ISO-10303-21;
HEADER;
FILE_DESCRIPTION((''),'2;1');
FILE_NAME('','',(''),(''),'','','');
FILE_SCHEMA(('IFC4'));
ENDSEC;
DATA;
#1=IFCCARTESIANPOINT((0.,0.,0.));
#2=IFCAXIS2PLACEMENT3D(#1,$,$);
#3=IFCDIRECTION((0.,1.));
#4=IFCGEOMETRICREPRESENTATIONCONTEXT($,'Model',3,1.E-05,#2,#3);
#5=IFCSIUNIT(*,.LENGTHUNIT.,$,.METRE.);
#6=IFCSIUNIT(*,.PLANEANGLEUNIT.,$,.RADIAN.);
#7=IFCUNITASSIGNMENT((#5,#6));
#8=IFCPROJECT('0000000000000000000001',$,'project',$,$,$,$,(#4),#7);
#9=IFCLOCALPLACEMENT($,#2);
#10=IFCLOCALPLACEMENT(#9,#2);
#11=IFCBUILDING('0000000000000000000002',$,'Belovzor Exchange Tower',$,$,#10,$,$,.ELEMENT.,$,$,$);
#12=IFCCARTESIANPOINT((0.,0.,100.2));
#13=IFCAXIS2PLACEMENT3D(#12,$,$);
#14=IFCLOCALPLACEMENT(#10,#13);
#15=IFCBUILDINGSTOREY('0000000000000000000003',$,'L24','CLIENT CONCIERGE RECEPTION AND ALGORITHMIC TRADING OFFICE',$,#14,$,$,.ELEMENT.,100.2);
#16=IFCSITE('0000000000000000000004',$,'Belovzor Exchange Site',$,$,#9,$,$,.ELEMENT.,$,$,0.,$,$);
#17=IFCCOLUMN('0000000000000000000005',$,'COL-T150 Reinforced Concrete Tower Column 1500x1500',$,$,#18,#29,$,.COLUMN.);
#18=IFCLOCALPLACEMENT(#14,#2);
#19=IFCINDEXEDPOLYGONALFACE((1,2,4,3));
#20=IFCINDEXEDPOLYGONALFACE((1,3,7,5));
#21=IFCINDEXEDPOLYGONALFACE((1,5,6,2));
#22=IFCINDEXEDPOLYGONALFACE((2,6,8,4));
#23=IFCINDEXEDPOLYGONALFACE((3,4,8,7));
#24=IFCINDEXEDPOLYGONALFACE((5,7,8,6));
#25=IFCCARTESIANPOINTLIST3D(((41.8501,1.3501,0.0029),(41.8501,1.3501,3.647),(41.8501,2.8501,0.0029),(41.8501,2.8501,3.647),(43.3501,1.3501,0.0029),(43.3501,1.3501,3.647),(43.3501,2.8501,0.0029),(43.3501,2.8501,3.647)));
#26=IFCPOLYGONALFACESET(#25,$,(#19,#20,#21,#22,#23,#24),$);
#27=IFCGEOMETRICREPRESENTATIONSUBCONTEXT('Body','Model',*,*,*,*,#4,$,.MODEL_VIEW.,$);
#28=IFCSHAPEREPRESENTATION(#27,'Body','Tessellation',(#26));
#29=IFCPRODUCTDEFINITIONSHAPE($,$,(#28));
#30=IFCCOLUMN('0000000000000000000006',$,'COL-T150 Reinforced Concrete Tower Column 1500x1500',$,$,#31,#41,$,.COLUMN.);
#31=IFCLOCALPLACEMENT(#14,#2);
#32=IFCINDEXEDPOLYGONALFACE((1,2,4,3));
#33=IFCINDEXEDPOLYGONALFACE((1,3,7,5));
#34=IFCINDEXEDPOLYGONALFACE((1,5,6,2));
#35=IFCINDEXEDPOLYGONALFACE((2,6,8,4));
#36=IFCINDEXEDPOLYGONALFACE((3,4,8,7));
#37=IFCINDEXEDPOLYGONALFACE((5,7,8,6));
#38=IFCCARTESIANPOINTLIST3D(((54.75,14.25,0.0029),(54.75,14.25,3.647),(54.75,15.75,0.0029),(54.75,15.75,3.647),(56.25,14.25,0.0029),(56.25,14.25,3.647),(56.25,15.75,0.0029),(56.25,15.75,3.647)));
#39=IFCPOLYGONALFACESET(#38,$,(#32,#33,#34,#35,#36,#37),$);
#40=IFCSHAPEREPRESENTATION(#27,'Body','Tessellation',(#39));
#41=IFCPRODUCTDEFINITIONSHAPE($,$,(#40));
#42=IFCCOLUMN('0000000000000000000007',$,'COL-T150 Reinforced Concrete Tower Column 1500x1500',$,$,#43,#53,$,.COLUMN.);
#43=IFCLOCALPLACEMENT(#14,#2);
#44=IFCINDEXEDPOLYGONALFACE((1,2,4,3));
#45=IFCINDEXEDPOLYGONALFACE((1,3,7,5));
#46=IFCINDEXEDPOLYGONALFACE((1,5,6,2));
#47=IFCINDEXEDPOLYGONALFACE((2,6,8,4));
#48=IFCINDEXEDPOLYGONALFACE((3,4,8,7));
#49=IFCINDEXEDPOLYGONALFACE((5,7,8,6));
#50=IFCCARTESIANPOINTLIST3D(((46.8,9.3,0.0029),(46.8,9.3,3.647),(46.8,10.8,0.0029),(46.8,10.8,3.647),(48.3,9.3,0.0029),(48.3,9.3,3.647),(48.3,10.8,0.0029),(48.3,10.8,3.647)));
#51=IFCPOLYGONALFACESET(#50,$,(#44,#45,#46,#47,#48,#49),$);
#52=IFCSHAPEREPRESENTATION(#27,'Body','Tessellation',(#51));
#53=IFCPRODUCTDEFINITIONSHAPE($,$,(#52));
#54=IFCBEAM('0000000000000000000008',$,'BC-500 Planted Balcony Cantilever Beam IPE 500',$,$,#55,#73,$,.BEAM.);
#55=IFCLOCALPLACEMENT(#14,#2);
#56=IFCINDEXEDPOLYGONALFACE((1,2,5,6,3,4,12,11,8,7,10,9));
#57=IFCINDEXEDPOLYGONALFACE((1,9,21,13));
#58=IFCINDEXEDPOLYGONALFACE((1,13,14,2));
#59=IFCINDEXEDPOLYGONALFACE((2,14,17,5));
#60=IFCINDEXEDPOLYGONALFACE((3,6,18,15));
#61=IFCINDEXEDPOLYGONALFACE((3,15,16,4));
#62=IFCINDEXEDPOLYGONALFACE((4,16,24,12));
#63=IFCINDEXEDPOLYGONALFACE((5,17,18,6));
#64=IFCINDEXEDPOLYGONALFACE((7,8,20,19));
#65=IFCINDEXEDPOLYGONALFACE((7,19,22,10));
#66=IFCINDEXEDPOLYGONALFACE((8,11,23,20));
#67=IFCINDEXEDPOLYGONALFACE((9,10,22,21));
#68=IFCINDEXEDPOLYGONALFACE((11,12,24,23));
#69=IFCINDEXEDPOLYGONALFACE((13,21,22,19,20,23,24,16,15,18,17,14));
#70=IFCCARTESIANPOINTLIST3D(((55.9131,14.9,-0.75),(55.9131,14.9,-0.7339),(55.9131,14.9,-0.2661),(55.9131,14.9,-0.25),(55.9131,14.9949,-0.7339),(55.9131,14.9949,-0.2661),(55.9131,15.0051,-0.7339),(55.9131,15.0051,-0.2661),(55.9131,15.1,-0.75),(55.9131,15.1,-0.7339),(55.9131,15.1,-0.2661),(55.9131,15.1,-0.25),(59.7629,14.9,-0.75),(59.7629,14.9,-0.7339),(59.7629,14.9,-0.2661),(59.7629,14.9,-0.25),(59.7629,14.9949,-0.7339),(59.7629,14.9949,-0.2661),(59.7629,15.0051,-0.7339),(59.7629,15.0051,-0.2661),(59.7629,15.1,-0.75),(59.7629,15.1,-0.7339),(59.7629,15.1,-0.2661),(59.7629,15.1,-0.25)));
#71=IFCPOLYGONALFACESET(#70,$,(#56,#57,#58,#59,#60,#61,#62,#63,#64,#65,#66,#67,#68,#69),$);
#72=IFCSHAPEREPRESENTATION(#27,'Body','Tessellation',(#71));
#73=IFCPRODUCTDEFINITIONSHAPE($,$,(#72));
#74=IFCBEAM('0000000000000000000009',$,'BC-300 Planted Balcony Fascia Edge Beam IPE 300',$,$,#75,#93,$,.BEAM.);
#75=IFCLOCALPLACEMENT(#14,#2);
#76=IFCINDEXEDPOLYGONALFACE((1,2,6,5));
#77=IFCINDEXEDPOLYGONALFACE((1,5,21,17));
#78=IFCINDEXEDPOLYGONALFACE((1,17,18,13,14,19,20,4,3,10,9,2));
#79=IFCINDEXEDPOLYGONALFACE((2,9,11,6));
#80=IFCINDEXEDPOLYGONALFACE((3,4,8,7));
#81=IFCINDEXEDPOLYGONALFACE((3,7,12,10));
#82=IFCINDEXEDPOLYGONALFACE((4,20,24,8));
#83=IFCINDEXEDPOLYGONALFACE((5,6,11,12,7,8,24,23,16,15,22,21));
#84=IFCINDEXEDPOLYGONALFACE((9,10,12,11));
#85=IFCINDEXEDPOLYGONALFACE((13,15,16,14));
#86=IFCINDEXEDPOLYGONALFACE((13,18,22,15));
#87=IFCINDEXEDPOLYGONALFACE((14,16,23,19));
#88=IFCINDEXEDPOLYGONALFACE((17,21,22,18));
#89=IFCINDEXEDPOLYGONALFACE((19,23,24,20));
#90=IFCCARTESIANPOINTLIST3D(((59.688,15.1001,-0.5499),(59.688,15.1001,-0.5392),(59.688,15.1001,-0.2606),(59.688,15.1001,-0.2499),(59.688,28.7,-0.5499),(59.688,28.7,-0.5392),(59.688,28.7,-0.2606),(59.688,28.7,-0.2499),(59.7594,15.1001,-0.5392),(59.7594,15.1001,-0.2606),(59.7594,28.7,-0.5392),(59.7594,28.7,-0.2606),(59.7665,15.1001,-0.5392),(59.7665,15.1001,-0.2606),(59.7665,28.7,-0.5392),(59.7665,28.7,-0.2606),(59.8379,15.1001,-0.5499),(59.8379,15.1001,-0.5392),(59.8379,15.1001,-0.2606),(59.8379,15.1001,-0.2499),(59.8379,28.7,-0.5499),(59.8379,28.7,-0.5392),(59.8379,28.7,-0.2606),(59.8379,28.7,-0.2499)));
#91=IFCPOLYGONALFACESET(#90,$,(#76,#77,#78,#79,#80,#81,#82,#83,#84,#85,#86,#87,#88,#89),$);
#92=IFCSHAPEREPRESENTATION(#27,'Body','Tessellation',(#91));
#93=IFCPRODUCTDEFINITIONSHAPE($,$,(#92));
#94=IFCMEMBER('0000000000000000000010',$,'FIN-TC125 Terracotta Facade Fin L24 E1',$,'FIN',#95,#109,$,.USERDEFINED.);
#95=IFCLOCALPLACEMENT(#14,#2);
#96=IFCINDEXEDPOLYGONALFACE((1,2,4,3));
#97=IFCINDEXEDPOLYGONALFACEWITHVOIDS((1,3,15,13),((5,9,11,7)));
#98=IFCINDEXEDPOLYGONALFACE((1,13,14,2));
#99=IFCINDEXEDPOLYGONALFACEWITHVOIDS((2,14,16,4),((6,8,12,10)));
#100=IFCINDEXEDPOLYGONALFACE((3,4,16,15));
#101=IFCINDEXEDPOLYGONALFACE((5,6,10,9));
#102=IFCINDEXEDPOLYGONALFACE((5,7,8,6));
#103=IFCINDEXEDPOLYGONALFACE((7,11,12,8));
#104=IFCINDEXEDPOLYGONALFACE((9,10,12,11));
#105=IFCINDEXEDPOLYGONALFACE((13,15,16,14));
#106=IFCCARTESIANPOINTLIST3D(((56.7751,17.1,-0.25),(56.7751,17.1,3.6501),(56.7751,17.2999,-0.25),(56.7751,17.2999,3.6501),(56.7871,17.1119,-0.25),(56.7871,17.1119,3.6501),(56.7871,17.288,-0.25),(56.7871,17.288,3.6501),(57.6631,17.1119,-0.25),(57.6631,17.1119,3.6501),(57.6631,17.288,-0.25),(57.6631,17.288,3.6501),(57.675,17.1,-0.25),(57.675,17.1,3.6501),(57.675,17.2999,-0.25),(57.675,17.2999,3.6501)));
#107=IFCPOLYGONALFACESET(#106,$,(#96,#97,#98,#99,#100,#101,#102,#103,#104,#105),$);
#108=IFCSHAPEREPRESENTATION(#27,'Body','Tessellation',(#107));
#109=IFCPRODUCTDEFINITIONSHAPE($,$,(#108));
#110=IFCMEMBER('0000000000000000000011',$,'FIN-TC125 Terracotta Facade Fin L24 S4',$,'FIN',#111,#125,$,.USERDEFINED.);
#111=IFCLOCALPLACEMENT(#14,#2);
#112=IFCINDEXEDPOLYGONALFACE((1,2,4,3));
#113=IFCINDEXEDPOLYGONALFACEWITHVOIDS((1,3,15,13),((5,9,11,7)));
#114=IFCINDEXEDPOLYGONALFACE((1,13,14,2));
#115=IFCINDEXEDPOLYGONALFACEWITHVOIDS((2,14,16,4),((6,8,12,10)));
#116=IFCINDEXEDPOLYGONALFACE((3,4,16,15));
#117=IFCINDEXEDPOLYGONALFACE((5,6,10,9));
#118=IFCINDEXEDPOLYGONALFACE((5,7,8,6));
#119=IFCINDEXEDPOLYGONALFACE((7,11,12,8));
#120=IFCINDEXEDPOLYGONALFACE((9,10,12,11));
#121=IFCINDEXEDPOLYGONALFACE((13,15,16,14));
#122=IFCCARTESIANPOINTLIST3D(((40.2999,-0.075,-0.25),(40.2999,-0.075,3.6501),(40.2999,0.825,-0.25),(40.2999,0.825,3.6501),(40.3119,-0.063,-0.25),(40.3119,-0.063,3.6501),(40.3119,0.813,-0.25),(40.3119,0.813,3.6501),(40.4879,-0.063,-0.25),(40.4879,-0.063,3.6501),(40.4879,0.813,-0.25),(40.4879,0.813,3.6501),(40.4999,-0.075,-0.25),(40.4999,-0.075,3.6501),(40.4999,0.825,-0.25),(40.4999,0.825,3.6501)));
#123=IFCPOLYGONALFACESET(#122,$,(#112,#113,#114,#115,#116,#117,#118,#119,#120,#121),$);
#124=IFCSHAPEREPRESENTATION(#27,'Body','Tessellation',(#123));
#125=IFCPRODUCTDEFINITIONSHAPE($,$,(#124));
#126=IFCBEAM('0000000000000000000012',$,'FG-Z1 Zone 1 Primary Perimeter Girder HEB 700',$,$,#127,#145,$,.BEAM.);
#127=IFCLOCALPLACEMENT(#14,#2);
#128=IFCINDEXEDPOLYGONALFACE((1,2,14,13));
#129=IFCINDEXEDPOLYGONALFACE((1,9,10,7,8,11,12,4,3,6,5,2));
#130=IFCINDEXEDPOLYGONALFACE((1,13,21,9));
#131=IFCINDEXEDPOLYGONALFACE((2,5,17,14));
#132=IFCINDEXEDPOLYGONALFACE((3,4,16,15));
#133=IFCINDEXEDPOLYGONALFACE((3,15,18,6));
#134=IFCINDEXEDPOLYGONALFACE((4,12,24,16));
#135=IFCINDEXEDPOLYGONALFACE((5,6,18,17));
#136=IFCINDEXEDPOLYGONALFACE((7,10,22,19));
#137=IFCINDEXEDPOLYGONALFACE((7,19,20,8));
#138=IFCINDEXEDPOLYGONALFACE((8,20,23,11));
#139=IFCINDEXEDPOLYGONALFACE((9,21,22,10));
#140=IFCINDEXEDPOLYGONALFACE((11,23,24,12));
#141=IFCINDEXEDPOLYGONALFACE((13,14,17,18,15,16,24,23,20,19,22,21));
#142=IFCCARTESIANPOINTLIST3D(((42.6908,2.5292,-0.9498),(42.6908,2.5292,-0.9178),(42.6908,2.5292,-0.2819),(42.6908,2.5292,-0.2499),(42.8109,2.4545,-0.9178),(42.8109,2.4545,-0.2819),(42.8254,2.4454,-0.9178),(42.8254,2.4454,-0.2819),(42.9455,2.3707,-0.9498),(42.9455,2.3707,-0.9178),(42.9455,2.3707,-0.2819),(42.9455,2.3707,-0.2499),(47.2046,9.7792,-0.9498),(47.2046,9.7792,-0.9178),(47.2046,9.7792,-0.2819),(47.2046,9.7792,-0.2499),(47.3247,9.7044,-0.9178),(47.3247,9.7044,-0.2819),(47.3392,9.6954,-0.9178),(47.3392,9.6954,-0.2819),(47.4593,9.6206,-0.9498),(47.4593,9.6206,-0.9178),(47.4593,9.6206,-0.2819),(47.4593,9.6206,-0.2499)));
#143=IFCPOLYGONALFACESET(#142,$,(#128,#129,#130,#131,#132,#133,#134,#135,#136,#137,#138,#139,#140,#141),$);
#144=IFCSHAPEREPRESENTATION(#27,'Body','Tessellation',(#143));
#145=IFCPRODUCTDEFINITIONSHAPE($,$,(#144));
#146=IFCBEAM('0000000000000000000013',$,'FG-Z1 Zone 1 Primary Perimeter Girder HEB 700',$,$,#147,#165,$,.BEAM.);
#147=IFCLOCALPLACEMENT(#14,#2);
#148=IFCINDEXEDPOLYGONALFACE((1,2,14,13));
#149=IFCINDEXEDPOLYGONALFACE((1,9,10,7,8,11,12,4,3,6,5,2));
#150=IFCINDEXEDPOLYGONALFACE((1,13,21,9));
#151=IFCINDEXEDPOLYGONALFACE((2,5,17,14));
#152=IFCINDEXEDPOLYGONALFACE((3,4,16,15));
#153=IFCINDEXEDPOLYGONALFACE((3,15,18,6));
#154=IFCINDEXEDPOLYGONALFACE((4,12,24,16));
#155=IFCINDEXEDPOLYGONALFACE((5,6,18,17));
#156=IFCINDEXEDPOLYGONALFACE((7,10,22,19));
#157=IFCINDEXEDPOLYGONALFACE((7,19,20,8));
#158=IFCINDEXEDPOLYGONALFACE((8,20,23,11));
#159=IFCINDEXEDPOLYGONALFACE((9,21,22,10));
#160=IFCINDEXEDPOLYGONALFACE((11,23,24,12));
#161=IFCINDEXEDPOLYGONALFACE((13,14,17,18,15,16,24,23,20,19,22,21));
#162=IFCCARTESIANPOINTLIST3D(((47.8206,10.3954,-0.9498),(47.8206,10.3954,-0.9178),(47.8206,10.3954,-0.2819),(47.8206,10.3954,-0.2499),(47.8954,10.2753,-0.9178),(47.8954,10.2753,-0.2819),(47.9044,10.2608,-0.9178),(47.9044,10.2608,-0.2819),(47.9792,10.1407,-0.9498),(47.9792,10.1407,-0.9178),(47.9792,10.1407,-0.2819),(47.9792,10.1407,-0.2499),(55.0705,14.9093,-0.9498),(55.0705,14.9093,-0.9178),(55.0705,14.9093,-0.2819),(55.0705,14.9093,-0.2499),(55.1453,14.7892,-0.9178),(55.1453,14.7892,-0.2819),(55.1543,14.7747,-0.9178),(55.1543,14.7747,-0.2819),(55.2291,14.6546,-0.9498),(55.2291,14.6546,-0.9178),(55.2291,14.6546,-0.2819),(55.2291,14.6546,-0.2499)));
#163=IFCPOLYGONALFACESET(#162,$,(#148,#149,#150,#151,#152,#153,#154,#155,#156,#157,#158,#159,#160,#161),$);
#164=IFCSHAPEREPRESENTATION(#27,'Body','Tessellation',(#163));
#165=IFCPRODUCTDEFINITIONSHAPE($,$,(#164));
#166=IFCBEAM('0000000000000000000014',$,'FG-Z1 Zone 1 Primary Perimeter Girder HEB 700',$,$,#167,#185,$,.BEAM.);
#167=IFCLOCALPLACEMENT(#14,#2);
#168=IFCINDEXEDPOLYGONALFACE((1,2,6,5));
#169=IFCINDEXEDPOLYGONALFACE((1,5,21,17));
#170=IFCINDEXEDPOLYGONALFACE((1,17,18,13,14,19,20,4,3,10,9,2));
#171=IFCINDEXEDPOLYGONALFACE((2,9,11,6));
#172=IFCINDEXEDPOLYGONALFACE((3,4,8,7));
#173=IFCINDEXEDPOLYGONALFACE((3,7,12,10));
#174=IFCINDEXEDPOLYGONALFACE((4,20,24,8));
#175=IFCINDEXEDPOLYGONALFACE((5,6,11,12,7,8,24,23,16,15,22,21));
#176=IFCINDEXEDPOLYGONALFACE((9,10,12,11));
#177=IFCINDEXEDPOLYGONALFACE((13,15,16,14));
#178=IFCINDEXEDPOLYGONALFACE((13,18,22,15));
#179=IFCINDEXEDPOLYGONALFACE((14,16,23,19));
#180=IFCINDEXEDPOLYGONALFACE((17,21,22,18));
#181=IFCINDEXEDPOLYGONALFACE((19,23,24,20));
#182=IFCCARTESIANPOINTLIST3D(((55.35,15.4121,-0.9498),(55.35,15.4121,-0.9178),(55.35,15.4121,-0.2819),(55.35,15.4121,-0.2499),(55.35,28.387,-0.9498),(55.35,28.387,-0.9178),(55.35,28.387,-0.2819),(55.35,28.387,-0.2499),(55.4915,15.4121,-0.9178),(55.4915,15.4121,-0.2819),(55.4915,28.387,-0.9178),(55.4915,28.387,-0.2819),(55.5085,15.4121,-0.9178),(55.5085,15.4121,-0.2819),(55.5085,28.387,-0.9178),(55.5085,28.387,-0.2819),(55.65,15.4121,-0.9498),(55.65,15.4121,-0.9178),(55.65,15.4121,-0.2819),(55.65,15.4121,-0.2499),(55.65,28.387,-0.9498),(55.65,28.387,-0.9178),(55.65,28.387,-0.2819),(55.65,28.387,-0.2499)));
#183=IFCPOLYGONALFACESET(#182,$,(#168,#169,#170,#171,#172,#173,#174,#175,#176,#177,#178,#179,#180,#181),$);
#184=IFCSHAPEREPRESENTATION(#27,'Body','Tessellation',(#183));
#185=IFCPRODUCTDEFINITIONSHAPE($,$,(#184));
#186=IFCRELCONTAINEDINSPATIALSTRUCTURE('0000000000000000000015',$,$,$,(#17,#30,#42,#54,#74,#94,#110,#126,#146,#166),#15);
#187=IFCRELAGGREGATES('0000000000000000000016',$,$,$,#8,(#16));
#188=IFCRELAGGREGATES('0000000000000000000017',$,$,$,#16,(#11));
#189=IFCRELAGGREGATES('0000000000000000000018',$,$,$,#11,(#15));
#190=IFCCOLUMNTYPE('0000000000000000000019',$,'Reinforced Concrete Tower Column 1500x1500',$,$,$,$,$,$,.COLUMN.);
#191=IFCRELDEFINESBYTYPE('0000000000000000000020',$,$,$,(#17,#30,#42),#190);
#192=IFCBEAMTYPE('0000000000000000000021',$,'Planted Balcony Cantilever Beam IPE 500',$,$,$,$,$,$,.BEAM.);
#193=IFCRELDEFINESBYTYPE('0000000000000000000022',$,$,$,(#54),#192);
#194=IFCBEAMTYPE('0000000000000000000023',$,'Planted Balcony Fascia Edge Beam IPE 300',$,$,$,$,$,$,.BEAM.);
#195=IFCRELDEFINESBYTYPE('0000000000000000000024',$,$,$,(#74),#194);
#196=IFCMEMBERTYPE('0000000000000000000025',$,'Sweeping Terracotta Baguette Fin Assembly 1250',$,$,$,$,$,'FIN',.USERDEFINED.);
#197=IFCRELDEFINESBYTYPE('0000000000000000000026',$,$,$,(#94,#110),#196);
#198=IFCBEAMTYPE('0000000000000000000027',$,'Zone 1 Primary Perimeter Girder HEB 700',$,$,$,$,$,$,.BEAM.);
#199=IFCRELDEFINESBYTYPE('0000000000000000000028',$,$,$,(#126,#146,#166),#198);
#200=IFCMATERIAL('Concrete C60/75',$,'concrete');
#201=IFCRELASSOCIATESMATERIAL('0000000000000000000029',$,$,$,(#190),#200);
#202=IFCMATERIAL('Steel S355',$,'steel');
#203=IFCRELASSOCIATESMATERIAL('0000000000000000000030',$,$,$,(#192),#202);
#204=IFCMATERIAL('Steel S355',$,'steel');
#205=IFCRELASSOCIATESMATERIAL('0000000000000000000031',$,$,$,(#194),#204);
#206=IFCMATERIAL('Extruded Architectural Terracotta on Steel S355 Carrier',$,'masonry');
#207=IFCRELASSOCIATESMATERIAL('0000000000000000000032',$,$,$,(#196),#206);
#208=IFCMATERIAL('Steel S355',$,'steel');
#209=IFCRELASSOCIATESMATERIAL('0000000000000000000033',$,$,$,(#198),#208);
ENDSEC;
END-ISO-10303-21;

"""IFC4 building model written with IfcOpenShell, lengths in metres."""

from ifc_helpers import new_model, si_unit, direction, frame, origin, origin_2d, place, context, subcontext, project, spatial, rectangle, hollow_rectangle, i_section, extrude, material, material_profile, profile_set, type_object, element, save


model = new_model("IFC4")

# Units and contexts
model_context = context("Model", 3, precision=1e-05, world=origin(), true_north=direction((0.0, 1.0)))
body_context = subcontext(model_context, "Body", "Model", "MODEL_VIEW")
ifc_project = project(units=[si_unit("LENGTHUNIT", "METRE"), si_unit("PLANEANGLEUNIT", "RADIAN")], contexts=[model_context])

# Site, building, storey
site_placement = place(None, origin())
site = spatial("IfcSite", under=ifc_project, at=site_placement, Name="Belovzor Exchange Site", CompositionType="ELEMENT", RefElevation=0.0)
building_placement = place(site_placement, origin())
building = spatial("IfcBuilding", under=site, at=building_placement, Name="Belovzor Exchange Tower", CompositionType="ELEMENT")
storey_placement = place(building_placement, frame((0.0, 0.0, 100.2)))
storey = spatial("IfcBuildingStorey", under=building, at=storey_placement, Name="L24", Description="CLIENT CONCIERGE RECEPTION AND ALGORITHMIC TRADING OFFICE", CompositionType="ELEMENT", Elevation=100.2)

# Columns
ifc_material_1 = material(Name="Concrete C60/75", Category="concrete")
ifc_material_profile_1 = material_profile(ifc_material_1, rectangle(XDim=1.5, YDim=1.5, at=origin_2d()))
ifc_profile_set_1 = profile_set([ifc_material_profile_1], Name="Concrete C60/75")
column_type = type_object("IfcColumnType", Name="Reinforced Concrete Tower Column 1500x1500", PredefinedType="COLUMN", material=ifc_profile_set_1)
for number, where, z_axis, x_axis, name in (
    (1, (42.6001, 2.1001, 0.0029), (0.0, 0.0, 1.0), (1.0, 0.0, 0.0), "COL-T150 Reinforced Concrete Tower Column 1500x1500"),
    (2, (55.5, 15.0, 0.0029), (0.0, 0.0, 1.0), (1.0, 0.0, 0.0), "COL-T150 Reinforced Concrete Tower Column 1500x1500"),
    (3, (47.55, 10.05, 0.0029), (0.0, 0.0, 1.0), (1.0, 0.0, 0.0), "COL-T150 Reinforced Concrete Tower Column 1500x1500"),
):
    element("IfcColumn", number, at=place(storey_placement, frame(where, z_axis=z_axis, x_axis=x_axis)), inside=storey, type_object=column_type, Name=name, PredefinedType="COLUMN", context=body_context, shape_type="SweptSolid", body=[
        extrude(rectangle(XDim=1.5, YDim=1.5, at=origin_2d()), origin(), (0.0, 0.0, 1.0), 3.644),
    ])

# Beams
ifc_material_2 = material(Name="Steel S355", Category="steel")
ifc_material_profile_2 = material_profile(ifc_material_2, i_section(OverallWidth=0.2, OverallDepth=0.5, WebThickness=0.0103, FlangeThickness=0.0161, at=origin_2d()))
ifc_profile_set_2 = profile_set([ifc_material_profile_2], Name="Steel S355")
beam_type_1 = type_object("IfcBeamType", Name="Planted Balcony Cantilever Beam IPE 500", PredefinedType="BEAM", material=ifc_profile_set_2)
beam_1_placement = place(storey_placement, frame((55.9131, 15.0, -0.5), z_axis=(1.0, 0.0, 0.0), x_axis=(0.0, 1.0, 0.0)))
element("IfcBeam", 4, at=beam_1_placement, inside=storey, type_object=beam_type_1, Name="BC-500 Planted Balcony Cantilever Beam IPE 500", PredefinedType="BEAM", context=body_context, shape_type="SweptSolid", body=[
    extrude(i_section(OverallWidth=0.2, OverallDepth=0.5, WebThickness=0.0103, FlangeThickness=0.0161, at=origin_2d()), origin(), (0.0, 0.0, 1.0), 3.8499),
])
ifc_material_3 = material(Name="Steel S355", Category="steel")
ifc_material_profile_3 = material_profile(ifc_material_3, i_section(OverallWidth=0.1499, OverallDepth=0.3, WebThickness=0.0071, FlangeThickness=0.0107, at=origin_2d()))
ifc_profile_set_3 = profile_set([ifc_material_profile_3], Name="Steel S355")
beam_type_2 = type_object("IfcBeamType", Name="Planted Balcony Fascia Edge Beam IPE 300", PredefinedType="BEAM", material=ifc_profile_set_3)
beam_2_placement = place(storey_placement, frame((59.7629, 15.1001, -0.3999), z_axis=(0.0, 1.0, 0.0), x_axis=(-1.0, 0.0, 0.0)))
element("IfcBeam", 5, at=beam_2_placement, inside=storey, type_object=beam_type_2, Name="BC-300 Planted Balcony Fascia Edge Beam IPE 300", PredefinedType="BEAM", context=body_context, shape_type="SweptSolid", body=[
    extrude(i_section(OverallWidth=0.1499, OverallDepth=0.3, WebThickness=0.0071, FlangeThickness=0.0107, at=origin_2d()), origin(), (0.0, 0.0, 1.0), 13.5999),
])

# Members
ifc_material_4 = material(Name="Extruded Architectural Terracotta on Steel S355 Carrier", Category="masonry")
ifc_material_profile_4 = material_profile(ifc_material_4, hollow_rectangle(XDim=0.2, YDim=0.8999, WallThickness=0.012, at=origin_2d()))
ifc_profile_set_4 = profile_set([ifc_material_profile_4], Name="Extruded Architectural Terracotta on Steel S355 Carrier")
member_type = type_object("IfcMemberType", Name="Sweeping Terracotta Baguette Fin Assembly 1250", ElementType="FIN", PredefinedType="USERDEFINED", material=ifc_profile_set_4)
for number, where, z_axis, x_axis, name in (
    (6, (57.2251, 17.2, -0.25), (0.0, 0.0, 1.0), (0.0, 1.0, 0.0), "FIN-TC125 Terracotta Facade Fin L24 E1"),
    (7, (40.3999, 0.375, -0.25), (0.0, 0.0, 1.0), (1.0, 0.0, 0.0), "FIN-TC125 Terracotta Facade Fin L24 S4"),
):
    element("IfcMember", number, at=place(storey_placement, frame(where, z_axis=z_axis, x_axis=x_axis)), inside=storey, type_object=member_type, Name=name, ObjectType="FIN", PredefinedType="USERDEFINED", context=body_context, shape_type="SweptSolid", body=[
        extrude(hollow_rectangle(XDim=0.2, YDim=0.8999, WallThickness=0.012, at=origin_2d()), origin(), (0.0, 0.0, 1.0), 3.9001),
    ])

# Beams
ifc_material_5 = material(Name="Steel S355", Category="steel")
ifc_material_profile_5 = material_profile(ifc_material_5, i_section(OverallWidth=0.3, OverallDepth=0.7, WebThickness=0.0171, FlangeThickness=0.032, at=origin_2d()))
ifc_profile_set_5 = profile_set([ifc_material_profile_5], Name="Steel S355")
beam_type_3 = type_object("IfcBeamType", Name="Zone 1 Primary Perimeter Girder HEB 700", PredefinedType="BEAM", material=ifc_profile_set_5)
for number, where, z_axis, x_axis, name in (
    (8, (42.8181, 2.45, -0.5999), (0.528539, 0.848909, 0.0), (-0.848909, 0.528539, 0.0), "FG-Z1 Zone 1 Primary Perimeter Girder HEB 700"),
    (9, (47.8999, 10.2681, -0.5999), (0.848909, 0.528539, 0.0), (-0.528539, 0.848909, 0.0), "FG-Z1 Zone 1 Primary Perimeter Girder HEB 700"),
):
    element("IfcBeam", number, at=place(storey_placement, frame(where, z_axis=z_axis, x_axis=x_axis)), inside=storey, type_object=beam_type_3, Name=name, PredefinedType="BEAM", context=body_context, shape_type="SweptSolid", body=[
        extrude(i_section(OverallWidth=0.3, OverallDepth=0.7, WebThickness=0.0171, FlangeThickness=0.032, at=origin_2d()), origin(), (0.0, 0.0, 1.0), 8.5403),
    ])
beam_3_placement = place(storey_placement, frame((55.5, 15.4121, -0.5999), z_axis=(0.0, 1.0, 0.0), x_axis=(-1.0, 0.0, 0.0)))
element("IfcBeam", 10, at=beam_3_placement, inside=storey, type_object=beam_type_3, Name="FG-Z1 Zone 1 Primary Perimeter Girder HEB 700", PredefinedType="BEAM", context=body_context, shape_type="SweptSolid", body=[
    extrude(i_section(OverallWidth=0.3, OverallDepth=0.7, WebThickness=0.0171, FlangeThickness=0.032, at=origin_2d()), origin(), (0.0, 0.0, 1.0), 12.9749),
])

save(model, "model.ifc")
